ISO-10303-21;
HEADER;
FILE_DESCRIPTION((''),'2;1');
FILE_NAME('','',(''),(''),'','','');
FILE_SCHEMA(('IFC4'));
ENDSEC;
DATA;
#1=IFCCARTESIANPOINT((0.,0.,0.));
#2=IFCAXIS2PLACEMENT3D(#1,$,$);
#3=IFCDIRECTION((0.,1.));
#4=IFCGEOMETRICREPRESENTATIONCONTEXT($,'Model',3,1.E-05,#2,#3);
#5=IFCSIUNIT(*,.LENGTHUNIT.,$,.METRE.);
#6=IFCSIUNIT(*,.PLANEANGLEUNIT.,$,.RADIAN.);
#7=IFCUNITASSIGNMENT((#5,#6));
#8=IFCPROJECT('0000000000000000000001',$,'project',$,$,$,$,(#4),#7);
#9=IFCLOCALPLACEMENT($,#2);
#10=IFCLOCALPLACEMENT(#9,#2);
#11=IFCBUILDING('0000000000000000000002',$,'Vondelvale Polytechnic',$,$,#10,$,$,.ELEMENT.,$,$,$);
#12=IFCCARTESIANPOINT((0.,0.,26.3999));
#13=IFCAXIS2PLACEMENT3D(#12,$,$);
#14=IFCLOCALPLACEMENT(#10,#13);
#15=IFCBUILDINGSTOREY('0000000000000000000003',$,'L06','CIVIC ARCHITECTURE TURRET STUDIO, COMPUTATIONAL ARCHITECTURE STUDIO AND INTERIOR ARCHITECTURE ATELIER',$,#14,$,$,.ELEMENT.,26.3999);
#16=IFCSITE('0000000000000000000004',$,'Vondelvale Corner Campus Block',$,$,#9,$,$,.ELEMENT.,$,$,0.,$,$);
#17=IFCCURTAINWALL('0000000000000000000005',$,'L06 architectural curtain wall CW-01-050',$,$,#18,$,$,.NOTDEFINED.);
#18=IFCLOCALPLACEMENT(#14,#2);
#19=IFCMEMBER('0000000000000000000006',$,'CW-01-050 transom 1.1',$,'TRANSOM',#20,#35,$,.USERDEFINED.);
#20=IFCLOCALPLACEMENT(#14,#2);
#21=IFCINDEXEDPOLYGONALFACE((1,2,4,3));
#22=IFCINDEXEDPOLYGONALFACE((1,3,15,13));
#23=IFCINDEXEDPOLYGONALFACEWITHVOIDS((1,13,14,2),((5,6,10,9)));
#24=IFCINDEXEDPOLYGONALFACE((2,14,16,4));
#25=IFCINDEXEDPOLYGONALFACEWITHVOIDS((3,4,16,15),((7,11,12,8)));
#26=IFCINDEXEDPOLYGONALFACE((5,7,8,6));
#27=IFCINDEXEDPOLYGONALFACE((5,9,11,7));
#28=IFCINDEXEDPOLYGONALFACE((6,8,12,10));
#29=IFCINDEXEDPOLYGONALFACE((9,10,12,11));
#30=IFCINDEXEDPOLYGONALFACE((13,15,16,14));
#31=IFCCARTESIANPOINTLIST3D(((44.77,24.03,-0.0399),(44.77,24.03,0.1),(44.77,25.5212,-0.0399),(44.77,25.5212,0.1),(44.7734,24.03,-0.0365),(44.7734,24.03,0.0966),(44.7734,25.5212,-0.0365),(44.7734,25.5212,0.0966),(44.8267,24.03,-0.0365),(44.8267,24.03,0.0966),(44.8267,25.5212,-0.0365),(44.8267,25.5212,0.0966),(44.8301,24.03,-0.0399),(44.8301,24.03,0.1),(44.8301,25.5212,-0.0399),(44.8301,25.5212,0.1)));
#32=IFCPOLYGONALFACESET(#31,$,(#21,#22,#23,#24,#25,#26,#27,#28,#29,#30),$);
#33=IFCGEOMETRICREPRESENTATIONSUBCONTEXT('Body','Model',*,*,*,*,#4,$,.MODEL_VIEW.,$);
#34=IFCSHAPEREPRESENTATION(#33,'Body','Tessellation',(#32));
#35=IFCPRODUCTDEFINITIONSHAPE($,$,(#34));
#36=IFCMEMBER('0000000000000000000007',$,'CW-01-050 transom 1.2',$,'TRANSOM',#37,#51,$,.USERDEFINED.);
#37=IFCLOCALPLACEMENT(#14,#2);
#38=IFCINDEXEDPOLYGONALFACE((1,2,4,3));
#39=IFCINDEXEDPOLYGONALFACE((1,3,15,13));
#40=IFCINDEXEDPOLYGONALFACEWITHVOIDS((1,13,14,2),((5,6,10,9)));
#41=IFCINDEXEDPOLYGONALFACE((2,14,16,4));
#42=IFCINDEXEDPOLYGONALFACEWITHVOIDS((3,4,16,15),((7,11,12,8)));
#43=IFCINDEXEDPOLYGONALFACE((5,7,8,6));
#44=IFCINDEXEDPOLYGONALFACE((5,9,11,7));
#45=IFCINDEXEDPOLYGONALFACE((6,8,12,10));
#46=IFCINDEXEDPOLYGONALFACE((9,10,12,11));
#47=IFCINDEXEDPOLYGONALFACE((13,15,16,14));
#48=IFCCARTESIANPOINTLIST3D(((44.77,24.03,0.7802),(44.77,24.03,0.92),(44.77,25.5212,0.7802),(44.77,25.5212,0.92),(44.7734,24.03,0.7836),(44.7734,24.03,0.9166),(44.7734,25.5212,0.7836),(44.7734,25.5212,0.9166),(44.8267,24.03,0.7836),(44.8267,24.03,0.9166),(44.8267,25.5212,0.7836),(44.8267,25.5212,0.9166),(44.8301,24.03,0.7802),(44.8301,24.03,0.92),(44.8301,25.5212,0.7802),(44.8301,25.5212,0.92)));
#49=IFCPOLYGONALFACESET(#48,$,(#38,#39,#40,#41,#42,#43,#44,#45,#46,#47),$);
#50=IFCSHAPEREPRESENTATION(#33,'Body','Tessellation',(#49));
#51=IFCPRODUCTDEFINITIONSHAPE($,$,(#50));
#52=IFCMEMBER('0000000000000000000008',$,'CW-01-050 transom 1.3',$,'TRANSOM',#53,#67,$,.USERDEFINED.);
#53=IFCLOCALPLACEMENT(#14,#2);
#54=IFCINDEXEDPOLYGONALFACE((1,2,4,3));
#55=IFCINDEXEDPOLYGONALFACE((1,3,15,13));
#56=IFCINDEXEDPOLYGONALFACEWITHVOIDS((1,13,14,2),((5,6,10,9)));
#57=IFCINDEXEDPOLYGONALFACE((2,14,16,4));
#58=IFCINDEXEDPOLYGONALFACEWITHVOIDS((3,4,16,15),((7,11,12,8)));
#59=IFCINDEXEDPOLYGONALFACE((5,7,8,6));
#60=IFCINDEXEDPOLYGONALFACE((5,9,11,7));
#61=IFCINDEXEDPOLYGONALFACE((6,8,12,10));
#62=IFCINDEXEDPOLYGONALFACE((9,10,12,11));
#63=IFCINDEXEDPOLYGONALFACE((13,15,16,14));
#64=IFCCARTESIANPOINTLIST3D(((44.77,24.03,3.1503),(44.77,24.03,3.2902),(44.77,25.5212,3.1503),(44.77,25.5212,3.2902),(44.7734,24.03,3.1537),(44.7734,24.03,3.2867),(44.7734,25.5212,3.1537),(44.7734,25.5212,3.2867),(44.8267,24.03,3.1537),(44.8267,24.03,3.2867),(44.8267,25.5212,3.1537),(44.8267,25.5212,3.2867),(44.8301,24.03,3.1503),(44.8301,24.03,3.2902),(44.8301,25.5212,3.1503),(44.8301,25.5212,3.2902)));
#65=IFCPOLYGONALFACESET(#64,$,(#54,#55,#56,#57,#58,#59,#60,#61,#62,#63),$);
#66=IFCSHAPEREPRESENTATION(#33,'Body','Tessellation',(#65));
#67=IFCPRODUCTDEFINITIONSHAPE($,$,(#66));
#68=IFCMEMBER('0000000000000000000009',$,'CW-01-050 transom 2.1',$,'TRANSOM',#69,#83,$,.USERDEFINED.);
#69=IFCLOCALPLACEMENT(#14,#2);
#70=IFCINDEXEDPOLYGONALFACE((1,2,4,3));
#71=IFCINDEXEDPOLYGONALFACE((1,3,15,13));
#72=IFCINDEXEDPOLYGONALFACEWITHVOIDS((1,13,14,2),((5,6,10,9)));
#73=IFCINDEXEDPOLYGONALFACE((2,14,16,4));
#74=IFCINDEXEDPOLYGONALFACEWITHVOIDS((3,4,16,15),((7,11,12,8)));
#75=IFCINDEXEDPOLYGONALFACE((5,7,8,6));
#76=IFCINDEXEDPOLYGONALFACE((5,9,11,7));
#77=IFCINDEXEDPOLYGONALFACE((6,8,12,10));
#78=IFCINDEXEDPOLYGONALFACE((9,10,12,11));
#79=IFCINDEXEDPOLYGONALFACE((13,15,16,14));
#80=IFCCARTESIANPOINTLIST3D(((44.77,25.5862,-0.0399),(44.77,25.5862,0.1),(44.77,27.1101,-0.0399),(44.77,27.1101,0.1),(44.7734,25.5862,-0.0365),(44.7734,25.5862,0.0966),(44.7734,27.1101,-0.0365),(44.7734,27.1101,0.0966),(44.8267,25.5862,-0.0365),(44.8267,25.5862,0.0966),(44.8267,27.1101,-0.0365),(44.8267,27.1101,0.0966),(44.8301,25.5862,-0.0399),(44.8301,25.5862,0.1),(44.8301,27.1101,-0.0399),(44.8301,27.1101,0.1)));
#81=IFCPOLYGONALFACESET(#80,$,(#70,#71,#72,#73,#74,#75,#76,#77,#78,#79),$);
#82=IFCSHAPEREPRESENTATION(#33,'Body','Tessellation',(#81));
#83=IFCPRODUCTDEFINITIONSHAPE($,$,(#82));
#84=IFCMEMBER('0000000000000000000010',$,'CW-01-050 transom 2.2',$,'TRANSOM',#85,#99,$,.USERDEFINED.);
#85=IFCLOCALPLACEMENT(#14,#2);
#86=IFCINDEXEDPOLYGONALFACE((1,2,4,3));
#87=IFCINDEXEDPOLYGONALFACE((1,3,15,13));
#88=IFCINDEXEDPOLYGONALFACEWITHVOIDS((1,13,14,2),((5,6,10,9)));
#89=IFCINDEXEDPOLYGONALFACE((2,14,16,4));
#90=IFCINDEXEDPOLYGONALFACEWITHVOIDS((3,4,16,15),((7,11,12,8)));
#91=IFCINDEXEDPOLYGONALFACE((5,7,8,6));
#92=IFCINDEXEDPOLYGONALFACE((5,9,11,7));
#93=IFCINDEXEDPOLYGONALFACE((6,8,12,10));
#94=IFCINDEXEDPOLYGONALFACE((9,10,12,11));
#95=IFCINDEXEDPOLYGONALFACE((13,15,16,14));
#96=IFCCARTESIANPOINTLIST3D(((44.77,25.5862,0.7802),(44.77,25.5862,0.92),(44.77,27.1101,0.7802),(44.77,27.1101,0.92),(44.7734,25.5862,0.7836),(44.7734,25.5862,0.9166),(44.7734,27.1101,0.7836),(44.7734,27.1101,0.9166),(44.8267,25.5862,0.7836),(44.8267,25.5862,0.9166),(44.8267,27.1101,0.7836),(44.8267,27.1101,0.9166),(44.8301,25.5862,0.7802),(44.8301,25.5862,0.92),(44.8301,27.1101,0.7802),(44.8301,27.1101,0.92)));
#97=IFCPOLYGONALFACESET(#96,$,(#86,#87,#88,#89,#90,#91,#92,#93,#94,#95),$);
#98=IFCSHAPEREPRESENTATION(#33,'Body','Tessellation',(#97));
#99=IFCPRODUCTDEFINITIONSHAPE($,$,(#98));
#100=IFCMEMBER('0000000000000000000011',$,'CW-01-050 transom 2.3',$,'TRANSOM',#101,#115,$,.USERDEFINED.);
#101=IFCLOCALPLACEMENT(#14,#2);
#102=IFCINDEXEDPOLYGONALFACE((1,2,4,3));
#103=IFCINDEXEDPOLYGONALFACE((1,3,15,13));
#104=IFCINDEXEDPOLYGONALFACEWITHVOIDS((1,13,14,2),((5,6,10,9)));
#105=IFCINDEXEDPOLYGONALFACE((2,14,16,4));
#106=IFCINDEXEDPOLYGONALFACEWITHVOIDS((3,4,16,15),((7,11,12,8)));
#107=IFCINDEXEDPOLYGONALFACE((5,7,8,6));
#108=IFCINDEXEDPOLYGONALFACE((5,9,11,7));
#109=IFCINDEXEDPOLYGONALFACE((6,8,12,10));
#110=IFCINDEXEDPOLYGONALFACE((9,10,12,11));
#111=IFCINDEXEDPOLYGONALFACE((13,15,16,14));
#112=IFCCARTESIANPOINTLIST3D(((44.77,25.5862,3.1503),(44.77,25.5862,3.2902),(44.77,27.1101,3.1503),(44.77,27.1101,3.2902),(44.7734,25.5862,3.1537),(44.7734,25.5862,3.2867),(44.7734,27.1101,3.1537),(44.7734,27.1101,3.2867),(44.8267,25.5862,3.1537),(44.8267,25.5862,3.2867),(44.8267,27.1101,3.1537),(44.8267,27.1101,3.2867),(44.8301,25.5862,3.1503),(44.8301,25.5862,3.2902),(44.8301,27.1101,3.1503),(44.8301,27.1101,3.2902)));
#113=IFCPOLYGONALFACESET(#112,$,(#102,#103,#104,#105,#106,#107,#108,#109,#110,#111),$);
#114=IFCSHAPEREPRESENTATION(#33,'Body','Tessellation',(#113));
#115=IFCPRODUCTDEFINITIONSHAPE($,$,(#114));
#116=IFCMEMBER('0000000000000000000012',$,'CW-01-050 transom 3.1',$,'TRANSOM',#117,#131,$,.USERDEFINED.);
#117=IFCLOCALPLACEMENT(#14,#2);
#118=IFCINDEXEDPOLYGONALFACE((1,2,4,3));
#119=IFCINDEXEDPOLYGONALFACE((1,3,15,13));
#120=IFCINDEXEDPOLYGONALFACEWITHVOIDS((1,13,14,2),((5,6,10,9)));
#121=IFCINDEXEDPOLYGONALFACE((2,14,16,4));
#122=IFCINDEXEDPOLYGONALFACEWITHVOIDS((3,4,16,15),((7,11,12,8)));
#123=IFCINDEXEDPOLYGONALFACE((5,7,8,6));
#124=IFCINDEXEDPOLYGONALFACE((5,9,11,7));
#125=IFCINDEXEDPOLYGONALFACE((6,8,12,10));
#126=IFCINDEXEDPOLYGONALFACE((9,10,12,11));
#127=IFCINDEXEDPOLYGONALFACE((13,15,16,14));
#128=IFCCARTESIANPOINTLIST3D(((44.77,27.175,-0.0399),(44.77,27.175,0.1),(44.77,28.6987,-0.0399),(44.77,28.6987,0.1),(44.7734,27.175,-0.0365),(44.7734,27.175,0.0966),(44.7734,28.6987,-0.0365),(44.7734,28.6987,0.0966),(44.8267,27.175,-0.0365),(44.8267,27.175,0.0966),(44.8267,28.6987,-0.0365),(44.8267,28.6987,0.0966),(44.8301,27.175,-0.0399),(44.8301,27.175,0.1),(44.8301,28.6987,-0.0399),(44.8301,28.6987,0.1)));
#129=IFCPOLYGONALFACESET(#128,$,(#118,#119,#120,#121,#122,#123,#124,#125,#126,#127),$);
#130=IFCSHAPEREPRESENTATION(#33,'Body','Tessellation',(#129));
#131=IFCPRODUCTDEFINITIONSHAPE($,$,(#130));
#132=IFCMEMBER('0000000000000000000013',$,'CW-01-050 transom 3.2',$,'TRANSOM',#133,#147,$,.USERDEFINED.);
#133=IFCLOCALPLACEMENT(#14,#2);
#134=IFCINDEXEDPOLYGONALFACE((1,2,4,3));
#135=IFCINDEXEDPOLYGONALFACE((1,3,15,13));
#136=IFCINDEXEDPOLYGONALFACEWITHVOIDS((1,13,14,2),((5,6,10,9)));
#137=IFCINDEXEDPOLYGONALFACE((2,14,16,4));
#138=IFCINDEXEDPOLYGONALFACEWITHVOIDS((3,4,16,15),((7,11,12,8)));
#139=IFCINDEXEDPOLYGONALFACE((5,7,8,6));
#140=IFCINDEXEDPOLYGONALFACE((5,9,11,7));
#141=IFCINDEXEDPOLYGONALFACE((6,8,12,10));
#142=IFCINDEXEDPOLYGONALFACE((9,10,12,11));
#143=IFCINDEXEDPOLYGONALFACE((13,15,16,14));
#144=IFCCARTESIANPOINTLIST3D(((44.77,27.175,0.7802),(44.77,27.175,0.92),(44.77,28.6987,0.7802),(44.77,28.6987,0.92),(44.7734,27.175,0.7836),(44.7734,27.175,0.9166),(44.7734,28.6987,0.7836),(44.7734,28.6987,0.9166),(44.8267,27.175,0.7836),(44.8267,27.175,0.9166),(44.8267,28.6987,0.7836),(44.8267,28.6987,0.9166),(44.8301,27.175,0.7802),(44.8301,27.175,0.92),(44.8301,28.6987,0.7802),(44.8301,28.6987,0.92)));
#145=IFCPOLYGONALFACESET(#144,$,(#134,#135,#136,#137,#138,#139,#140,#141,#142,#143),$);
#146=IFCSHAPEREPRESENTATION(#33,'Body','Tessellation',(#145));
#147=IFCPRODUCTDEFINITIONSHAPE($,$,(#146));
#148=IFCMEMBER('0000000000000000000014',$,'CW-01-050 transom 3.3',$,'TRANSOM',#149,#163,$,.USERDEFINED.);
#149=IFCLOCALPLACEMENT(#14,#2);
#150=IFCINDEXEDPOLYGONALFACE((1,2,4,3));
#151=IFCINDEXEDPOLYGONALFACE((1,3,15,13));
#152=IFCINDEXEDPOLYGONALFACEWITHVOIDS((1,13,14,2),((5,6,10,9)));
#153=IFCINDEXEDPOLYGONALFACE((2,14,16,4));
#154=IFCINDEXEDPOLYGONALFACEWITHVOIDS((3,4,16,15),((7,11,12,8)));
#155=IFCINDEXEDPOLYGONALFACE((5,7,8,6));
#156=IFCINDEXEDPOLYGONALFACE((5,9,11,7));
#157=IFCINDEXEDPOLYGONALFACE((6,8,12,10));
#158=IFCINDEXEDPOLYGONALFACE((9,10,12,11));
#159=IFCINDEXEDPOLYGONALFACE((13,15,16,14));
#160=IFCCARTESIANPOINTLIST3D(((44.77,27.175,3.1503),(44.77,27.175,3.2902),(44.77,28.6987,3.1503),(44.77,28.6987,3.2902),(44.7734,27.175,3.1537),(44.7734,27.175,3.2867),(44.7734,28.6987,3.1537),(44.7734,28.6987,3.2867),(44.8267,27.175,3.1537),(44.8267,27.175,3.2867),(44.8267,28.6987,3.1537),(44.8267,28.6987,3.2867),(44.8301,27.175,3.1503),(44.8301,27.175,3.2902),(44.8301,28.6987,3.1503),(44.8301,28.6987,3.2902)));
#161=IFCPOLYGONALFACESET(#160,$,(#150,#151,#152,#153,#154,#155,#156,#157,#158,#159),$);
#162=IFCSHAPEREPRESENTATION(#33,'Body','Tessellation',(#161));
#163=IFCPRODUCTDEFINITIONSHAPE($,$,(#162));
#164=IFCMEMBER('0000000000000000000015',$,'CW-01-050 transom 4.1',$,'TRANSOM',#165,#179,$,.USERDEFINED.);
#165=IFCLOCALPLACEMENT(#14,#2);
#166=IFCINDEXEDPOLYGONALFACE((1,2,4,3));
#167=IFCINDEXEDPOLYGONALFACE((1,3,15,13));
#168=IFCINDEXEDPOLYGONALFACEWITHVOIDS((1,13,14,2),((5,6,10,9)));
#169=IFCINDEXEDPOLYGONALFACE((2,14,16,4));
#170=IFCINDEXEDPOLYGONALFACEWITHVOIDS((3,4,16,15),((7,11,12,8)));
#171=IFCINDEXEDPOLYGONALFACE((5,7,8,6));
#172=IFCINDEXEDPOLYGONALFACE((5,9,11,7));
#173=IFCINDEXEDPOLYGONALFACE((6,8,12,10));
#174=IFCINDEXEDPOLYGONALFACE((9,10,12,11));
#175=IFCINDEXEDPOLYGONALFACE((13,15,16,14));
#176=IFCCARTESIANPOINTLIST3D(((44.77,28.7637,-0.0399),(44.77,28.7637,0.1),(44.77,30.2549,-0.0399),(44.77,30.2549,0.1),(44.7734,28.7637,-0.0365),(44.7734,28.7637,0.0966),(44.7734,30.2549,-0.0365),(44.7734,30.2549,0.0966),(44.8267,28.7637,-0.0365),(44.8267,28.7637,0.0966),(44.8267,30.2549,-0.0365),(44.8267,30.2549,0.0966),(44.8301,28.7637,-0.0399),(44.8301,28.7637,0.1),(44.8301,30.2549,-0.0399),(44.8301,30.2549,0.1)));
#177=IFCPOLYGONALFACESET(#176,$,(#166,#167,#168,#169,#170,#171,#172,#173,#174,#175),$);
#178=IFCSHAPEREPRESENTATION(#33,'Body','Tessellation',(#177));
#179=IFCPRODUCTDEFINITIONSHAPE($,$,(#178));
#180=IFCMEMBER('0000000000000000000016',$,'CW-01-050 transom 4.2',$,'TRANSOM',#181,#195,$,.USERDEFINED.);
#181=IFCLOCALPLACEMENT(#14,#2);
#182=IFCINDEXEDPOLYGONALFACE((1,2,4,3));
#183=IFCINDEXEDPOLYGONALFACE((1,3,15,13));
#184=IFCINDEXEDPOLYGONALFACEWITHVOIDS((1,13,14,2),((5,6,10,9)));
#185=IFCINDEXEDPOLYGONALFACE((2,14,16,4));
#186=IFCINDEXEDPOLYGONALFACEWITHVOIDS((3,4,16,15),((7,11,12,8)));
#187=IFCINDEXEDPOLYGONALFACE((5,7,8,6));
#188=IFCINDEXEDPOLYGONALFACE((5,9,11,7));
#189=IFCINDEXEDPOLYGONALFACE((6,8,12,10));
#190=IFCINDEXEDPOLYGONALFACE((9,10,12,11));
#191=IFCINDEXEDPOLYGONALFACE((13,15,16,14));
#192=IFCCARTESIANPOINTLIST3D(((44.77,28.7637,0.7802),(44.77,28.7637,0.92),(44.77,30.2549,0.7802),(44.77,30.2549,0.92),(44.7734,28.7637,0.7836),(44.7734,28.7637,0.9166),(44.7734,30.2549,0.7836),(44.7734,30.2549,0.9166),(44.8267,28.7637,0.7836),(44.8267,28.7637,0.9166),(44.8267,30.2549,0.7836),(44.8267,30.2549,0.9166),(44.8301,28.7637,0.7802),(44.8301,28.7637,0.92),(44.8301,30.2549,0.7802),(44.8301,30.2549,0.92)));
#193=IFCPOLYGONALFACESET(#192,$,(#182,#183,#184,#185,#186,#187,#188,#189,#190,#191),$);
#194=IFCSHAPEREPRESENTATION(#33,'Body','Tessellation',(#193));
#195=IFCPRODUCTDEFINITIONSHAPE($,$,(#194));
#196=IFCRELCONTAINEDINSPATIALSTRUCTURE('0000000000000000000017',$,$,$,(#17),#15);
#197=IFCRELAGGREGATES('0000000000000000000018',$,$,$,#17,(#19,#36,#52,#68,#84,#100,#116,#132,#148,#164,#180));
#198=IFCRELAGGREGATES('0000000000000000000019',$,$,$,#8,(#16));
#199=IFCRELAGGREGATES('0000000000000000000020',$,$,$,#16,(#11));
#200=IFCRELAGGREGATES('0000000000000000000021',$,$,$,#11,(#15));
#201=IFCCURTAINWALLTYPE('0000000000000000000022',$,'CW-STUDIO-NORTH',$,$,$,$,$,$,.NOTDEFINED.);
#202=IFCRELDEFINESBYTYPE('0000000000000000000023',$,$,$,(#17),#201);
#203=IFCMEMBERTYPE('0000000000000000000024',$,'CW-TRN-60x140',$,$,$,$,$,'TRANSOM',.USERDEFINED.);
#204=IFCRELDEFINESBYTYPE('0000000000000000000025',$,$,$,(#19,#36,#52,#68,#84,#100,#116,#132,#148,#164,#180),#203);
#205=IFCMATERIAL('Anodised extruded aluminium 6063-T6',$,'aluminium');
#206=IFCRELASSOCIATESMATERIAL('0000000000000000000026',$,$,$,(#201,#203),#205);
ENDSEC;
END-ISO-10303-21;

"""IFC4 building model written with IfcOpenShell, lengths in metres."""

from ifc_helpers import new_model, si_unit, direction, frame, origin, origin_2d, place, context, subcontext, project, spatial, hollow_rectangle, extrude, material, material_profile, profile_set, type_object, element, aggregate, save


model = new_model("IFC4")

# Units and contexts
model_context = context("Model", 3, precision=1e-05, world=origin(), true_north=direction((0.0, 1.0)))
body_context = subcontext(model_context, "Body", "Model", "MODEL_VIEW")
ifc_project = project(units=[si_unit("LENGTHUNIT", "METRE"), si_unit("PLANEANGLEUNIT", "RADIAN")], contexts=[model_context])

# Site, building, storey
site_placement = place(None, origin())
site = spatial("IfcSite", under=ifc_project, at=site_placement, Name="Vondelvale Corner Campus Block", CompositionType="ELEMENT", RefElevation=0.0)
building_placement = place(site_placement, origin())
building = spatial("IfcBuilding", under=site, at=building_placement, Name="Vondelvale Polytechnic", CompositionType="ELEMENT")
storey_placement = place(building_placement, frame((0.0, 0.0, 26.3999)))
storey = spatial("IfcBuildingStorey", under=building, at=storey_placement, Name="L06", Description="CIVIC ARCHITECTURE TURRET STUDIO, COMPUTATIONAL ARCHITECTURE STUDIO AND INTERIOR ARCHITECTURE ATELIER", CompositionType="ELEMENT", Elevation=26.3999)

# Shared definitions
ifc_material_1 = material(Name="Anodised extruded aluminium 6063-T6", Category="aluminium")
curtain_wall_type = type_object("IfcCurtainWallType", Name="CW-STUDIO-NORTH", PredefinedType="NOTDEFINED", material=ifc_material_1)

# Curtain wall
curtain_wall_1_placement = place(storey_placement, origin())
curtain_wall_1 = element("IfcCurtainWall", 1, at=curtain_wall_1_placement, inside=storey, type_object=curtain_wall_type, Name="L06 architectural curtain wall CW-01-050", PredefinedType="NOTDEFINED")

# Members
ifc_material_profile_1 = material_profile(ifc_material_1, hollow_rectangle(XDim=0.0601, YDim=0.1399, WallThickness=0.0034, at=origin_2d()), Name="CW-TRN-140x60")
ifc_profile_set_1 = profile_set([ifc_material_profile_1], Name="Anodised extruded aluminium 6063-T6")
member_type_1 = type_object("IfcMemberType", Name="CW-TRN-60x140", ElementType="TRANSOM", PredefinedType="USERDEFINED", material=ifc_profile_set_1)
member_1_placement = place(storey_placement, frame((44.8, 24.03, 0.03), z_axis=(0.0, 1.0, 0.0), x_axis=(-1.0, 0.0, 0.0)))
member_1 = element("IfcMember", 2, at=member_1_placement, type_object=member_type_1, Name="CW-01-050 transom 1.1", ObjectType="TRANSOM", PredefinedType="USERDEFINED", context=body_context, shape_type="SweptSolid", body=[
    extrude(hollow_rectangle(XDim=0.0601, YDim=0.1399, WallThickness=0.0034, at=origin_2d()), origin(), (0.0, 0.0, 1.0), 1.4912),
])
member_2_placement = place(storey_placement, frame((44.8, 24.03, 0.8501), z_axis=(0.0, 1.0, 0.0), x_axis=(-1.0, 0.0, 0.0)))
member_2 = element("IfcMember", 3, at=member_2_placement, type_object=member_type_1, Name="CW-01-050 transom 1.2", ObjectType="TRANSOM", PredefinedType="USERDEFINED", context=body_context, shape_type="SweptSolid", body=[
    extrude(hollow_rectangle(XDim=0.0601, YDim=0.1399, WallThickness=0.0034, at=origin_2d()), origin(), (0.0, 0.0, 1.0), 1.4912),
])
member_3_placement = place(storey_placement, frame((44.8, 24.03, 3.2202), z_axis=(0.0, 1.0, 0.0), x_axis=(-1.0, 0.0, 0.0)))
member_3 = element("IfcMember", 4, at=member_3_placement, type_object=member_type_1, Name="CW-01-050 transom 1.3", ObjectType="TRANSOM", PredefinedType="USERDEFINED", context=body_context, shape_type="SweptSolid", body=[
    extrude(hollow_rectangle(XDim=0.0601, YDim=0.1399, WallThickness=0.0034, at=origin_2d()), origin(), (0.0, 0.0, 1.0), 1.4912),
])
member_4_placement = place(storey_placement, frame((44.8, 25.5862, 0.03), z_axis=(0.0, 1.0, 0.0), x_axis=(-1.0, 0.0, 0.0)))
member_4 = element("IfcMember", 5, at=member_4_placement, type_object=member_type_1, Name="CW-01-050 transom 2.1", ObjectType="TRANSOM", PredefinedType="USERDEFINED", context=body_context, shape_type="SweptSolid", body=[
    extrude(hollow_rectangle(XDim=0.0601, YDim=0.1399, WallThickness=0.0034, at=origin_2d()), origin(), (0.0, 0.0, 1.0), 1.5239),
])
member_5_placement = place(storey_placement, frame((44.8, 25.5862, 0.8501), z_axis=(0.0, 1.0, 0.0), x_axis=(-1.0, 0.0, 0.0)))
member_5 = element("IfcMember", 6, at=member_5_placement, type_object=member_type_1, Name="CW-01-050 transom 2.2", ObjectType="TRANSOM", PredefinedType="USERDEFINED", context=body_context, shape_type="SweptSolid", body=[
    extrude(hollow_rectangle(XDim=0.0601, YDim=0.1399, WallThickness=0.0034, at=origin_2d()), origin(), (0.0, 0.0, 1.0), 1.5239),
])
member_6_placement = place(storey_placement, frame((44.8, 25.5862, 3.2202), z_axis=(0.0, 1.0, 0.0), x_axis=(-1.0, 0.0, 0.0)))
member_6 = element("IfcMember", 7, at=member_6_placement, type_object=member_type_1, Name="CW-01-050 transom 2.3", ObjectType="TRANSOM", PredefinedType="USERDEFINED", context=body_context, shape_type="SweptSolid", body=[
    extrude(hollow_rectangle(XDim=0.0601, YDim=0.1399, WallThickness=0.0034, at=origin_2d()), origin(), (0.0, 0.0, 1.0), 1.5239),
])
member_7_placement = place(storey_placement, frame((44.8, 27.175, 0.03), z_axis=(0.0, 1.0, 0.0), x_axis=(-1.0, 0.0, 0.0)))
member_7 = element("IfcMember", 8, at=member_7_placement, type_object=member_type_1, Name="CW-01-050 transom 3.1", ObjectType="TRANSOM", PredefinedType="USERDEFINED", context=body_context, shape_type="SweptSolid", body=[
    extrude(hollow_rectangle(XDim=0.0601, YDim=0.1399, WallThickness=0.0034, at=origin_2d()), origin(), (0.0, 0.0, 1.0), 1.5237),
])
member_8_placement = place(storey_placement, frame((44.8, 27.175, 0.8501), z_axis=(0.0, 1.0, 0.0), x_axis=(-1.0, 0.0, 0.0)))
member_8 = element("IfcMember", 9, at=member_8_placement, type_object=member_type_1, Name="CW-01-050 transom 3.2", ObjectType="TRANSOM", PredefinedType="USERDEFINED", context=body_context, shape_type="SweptSolid", body=[
    extrude(hollow_rectangle(XDim=0.0601, YDim=0.1399, WallThickness=0.0034, at=origin_2d()), origin(), (0.0, 0.0, 1.0), 1.5237),
])
member_9_placement = place(storey_placement, frame((44.8, 27.175, 3.2202), z_axis=(0.0, 1.0, 0.0), x_axis=(-1.0, 0.0, 0.0)))
member_9 = element("IfcMember", 10, at=member_9_placement, type_object=member_type_1, Name="CW-01-050 transom 3.3", ObjectType="TRANSOM", PredefinedType="USERDEFINED", context=body_context, shape_type="SweptSolid", body=[
    extrude(hollow_rectangle(XDim=0.0601, YDim=0.1399, WallThickness=0.0034, at=origin_2d()), origin(), (0.0, 0.0, 1.0), 1.5237),
])
member_10_placement = place(storey_placement, frame((44.8, 28.7637, 0.03), z_axis=(0.0, 1.0, 0.0), x_axis=(-1.0, 0.0, 0.0)))
member_10 = element("IfcMember", 11, at=member_10_placement, type_object=member_type_1, Name="CW-01-050 transom 4.1", ObjectType="TRANSOM", PredefinedType="USERDEFINED", context=body_context, shape_type="SweptSolid", body=[
    extrude(hollow_rectangle(XDim=0.0601, YDim=0.1399, WallThickness=0.0034, at=origin_2d()), origin(), (0.0, 0.0, 1.0), 1.4912),
])
member_11_placement = place(storey_placement, frame((44.8, 28.7637, 0.8501), z_axis=(0.0, 1.0, 0.0), x_axis=(-1.0, 0.0, 0.0)))
member_11 = element("IfcMember", 12, at=member_11_placement, type_object=member_type_1, Name="CW-01-050 transom 4.2", ObjectType="TRANSOM", PredefinedType="USERDEFINED", context=body_context, shape_type="SweptSolid", body=[
    extrude(hollow_rectangle(XDim=0.0601, YDim=0.1399, WallThickness=0.0034, at=origin_2d()), origin(), (0.0, 0.0, 1.0), 1.4912),
])

aggregate(curtain_wall_1, [member_1, member_2, member_3, member_4, member_5, member_6, member_7, member_8, member_9, member_10, member_11])

save(model, "model.ifc")
